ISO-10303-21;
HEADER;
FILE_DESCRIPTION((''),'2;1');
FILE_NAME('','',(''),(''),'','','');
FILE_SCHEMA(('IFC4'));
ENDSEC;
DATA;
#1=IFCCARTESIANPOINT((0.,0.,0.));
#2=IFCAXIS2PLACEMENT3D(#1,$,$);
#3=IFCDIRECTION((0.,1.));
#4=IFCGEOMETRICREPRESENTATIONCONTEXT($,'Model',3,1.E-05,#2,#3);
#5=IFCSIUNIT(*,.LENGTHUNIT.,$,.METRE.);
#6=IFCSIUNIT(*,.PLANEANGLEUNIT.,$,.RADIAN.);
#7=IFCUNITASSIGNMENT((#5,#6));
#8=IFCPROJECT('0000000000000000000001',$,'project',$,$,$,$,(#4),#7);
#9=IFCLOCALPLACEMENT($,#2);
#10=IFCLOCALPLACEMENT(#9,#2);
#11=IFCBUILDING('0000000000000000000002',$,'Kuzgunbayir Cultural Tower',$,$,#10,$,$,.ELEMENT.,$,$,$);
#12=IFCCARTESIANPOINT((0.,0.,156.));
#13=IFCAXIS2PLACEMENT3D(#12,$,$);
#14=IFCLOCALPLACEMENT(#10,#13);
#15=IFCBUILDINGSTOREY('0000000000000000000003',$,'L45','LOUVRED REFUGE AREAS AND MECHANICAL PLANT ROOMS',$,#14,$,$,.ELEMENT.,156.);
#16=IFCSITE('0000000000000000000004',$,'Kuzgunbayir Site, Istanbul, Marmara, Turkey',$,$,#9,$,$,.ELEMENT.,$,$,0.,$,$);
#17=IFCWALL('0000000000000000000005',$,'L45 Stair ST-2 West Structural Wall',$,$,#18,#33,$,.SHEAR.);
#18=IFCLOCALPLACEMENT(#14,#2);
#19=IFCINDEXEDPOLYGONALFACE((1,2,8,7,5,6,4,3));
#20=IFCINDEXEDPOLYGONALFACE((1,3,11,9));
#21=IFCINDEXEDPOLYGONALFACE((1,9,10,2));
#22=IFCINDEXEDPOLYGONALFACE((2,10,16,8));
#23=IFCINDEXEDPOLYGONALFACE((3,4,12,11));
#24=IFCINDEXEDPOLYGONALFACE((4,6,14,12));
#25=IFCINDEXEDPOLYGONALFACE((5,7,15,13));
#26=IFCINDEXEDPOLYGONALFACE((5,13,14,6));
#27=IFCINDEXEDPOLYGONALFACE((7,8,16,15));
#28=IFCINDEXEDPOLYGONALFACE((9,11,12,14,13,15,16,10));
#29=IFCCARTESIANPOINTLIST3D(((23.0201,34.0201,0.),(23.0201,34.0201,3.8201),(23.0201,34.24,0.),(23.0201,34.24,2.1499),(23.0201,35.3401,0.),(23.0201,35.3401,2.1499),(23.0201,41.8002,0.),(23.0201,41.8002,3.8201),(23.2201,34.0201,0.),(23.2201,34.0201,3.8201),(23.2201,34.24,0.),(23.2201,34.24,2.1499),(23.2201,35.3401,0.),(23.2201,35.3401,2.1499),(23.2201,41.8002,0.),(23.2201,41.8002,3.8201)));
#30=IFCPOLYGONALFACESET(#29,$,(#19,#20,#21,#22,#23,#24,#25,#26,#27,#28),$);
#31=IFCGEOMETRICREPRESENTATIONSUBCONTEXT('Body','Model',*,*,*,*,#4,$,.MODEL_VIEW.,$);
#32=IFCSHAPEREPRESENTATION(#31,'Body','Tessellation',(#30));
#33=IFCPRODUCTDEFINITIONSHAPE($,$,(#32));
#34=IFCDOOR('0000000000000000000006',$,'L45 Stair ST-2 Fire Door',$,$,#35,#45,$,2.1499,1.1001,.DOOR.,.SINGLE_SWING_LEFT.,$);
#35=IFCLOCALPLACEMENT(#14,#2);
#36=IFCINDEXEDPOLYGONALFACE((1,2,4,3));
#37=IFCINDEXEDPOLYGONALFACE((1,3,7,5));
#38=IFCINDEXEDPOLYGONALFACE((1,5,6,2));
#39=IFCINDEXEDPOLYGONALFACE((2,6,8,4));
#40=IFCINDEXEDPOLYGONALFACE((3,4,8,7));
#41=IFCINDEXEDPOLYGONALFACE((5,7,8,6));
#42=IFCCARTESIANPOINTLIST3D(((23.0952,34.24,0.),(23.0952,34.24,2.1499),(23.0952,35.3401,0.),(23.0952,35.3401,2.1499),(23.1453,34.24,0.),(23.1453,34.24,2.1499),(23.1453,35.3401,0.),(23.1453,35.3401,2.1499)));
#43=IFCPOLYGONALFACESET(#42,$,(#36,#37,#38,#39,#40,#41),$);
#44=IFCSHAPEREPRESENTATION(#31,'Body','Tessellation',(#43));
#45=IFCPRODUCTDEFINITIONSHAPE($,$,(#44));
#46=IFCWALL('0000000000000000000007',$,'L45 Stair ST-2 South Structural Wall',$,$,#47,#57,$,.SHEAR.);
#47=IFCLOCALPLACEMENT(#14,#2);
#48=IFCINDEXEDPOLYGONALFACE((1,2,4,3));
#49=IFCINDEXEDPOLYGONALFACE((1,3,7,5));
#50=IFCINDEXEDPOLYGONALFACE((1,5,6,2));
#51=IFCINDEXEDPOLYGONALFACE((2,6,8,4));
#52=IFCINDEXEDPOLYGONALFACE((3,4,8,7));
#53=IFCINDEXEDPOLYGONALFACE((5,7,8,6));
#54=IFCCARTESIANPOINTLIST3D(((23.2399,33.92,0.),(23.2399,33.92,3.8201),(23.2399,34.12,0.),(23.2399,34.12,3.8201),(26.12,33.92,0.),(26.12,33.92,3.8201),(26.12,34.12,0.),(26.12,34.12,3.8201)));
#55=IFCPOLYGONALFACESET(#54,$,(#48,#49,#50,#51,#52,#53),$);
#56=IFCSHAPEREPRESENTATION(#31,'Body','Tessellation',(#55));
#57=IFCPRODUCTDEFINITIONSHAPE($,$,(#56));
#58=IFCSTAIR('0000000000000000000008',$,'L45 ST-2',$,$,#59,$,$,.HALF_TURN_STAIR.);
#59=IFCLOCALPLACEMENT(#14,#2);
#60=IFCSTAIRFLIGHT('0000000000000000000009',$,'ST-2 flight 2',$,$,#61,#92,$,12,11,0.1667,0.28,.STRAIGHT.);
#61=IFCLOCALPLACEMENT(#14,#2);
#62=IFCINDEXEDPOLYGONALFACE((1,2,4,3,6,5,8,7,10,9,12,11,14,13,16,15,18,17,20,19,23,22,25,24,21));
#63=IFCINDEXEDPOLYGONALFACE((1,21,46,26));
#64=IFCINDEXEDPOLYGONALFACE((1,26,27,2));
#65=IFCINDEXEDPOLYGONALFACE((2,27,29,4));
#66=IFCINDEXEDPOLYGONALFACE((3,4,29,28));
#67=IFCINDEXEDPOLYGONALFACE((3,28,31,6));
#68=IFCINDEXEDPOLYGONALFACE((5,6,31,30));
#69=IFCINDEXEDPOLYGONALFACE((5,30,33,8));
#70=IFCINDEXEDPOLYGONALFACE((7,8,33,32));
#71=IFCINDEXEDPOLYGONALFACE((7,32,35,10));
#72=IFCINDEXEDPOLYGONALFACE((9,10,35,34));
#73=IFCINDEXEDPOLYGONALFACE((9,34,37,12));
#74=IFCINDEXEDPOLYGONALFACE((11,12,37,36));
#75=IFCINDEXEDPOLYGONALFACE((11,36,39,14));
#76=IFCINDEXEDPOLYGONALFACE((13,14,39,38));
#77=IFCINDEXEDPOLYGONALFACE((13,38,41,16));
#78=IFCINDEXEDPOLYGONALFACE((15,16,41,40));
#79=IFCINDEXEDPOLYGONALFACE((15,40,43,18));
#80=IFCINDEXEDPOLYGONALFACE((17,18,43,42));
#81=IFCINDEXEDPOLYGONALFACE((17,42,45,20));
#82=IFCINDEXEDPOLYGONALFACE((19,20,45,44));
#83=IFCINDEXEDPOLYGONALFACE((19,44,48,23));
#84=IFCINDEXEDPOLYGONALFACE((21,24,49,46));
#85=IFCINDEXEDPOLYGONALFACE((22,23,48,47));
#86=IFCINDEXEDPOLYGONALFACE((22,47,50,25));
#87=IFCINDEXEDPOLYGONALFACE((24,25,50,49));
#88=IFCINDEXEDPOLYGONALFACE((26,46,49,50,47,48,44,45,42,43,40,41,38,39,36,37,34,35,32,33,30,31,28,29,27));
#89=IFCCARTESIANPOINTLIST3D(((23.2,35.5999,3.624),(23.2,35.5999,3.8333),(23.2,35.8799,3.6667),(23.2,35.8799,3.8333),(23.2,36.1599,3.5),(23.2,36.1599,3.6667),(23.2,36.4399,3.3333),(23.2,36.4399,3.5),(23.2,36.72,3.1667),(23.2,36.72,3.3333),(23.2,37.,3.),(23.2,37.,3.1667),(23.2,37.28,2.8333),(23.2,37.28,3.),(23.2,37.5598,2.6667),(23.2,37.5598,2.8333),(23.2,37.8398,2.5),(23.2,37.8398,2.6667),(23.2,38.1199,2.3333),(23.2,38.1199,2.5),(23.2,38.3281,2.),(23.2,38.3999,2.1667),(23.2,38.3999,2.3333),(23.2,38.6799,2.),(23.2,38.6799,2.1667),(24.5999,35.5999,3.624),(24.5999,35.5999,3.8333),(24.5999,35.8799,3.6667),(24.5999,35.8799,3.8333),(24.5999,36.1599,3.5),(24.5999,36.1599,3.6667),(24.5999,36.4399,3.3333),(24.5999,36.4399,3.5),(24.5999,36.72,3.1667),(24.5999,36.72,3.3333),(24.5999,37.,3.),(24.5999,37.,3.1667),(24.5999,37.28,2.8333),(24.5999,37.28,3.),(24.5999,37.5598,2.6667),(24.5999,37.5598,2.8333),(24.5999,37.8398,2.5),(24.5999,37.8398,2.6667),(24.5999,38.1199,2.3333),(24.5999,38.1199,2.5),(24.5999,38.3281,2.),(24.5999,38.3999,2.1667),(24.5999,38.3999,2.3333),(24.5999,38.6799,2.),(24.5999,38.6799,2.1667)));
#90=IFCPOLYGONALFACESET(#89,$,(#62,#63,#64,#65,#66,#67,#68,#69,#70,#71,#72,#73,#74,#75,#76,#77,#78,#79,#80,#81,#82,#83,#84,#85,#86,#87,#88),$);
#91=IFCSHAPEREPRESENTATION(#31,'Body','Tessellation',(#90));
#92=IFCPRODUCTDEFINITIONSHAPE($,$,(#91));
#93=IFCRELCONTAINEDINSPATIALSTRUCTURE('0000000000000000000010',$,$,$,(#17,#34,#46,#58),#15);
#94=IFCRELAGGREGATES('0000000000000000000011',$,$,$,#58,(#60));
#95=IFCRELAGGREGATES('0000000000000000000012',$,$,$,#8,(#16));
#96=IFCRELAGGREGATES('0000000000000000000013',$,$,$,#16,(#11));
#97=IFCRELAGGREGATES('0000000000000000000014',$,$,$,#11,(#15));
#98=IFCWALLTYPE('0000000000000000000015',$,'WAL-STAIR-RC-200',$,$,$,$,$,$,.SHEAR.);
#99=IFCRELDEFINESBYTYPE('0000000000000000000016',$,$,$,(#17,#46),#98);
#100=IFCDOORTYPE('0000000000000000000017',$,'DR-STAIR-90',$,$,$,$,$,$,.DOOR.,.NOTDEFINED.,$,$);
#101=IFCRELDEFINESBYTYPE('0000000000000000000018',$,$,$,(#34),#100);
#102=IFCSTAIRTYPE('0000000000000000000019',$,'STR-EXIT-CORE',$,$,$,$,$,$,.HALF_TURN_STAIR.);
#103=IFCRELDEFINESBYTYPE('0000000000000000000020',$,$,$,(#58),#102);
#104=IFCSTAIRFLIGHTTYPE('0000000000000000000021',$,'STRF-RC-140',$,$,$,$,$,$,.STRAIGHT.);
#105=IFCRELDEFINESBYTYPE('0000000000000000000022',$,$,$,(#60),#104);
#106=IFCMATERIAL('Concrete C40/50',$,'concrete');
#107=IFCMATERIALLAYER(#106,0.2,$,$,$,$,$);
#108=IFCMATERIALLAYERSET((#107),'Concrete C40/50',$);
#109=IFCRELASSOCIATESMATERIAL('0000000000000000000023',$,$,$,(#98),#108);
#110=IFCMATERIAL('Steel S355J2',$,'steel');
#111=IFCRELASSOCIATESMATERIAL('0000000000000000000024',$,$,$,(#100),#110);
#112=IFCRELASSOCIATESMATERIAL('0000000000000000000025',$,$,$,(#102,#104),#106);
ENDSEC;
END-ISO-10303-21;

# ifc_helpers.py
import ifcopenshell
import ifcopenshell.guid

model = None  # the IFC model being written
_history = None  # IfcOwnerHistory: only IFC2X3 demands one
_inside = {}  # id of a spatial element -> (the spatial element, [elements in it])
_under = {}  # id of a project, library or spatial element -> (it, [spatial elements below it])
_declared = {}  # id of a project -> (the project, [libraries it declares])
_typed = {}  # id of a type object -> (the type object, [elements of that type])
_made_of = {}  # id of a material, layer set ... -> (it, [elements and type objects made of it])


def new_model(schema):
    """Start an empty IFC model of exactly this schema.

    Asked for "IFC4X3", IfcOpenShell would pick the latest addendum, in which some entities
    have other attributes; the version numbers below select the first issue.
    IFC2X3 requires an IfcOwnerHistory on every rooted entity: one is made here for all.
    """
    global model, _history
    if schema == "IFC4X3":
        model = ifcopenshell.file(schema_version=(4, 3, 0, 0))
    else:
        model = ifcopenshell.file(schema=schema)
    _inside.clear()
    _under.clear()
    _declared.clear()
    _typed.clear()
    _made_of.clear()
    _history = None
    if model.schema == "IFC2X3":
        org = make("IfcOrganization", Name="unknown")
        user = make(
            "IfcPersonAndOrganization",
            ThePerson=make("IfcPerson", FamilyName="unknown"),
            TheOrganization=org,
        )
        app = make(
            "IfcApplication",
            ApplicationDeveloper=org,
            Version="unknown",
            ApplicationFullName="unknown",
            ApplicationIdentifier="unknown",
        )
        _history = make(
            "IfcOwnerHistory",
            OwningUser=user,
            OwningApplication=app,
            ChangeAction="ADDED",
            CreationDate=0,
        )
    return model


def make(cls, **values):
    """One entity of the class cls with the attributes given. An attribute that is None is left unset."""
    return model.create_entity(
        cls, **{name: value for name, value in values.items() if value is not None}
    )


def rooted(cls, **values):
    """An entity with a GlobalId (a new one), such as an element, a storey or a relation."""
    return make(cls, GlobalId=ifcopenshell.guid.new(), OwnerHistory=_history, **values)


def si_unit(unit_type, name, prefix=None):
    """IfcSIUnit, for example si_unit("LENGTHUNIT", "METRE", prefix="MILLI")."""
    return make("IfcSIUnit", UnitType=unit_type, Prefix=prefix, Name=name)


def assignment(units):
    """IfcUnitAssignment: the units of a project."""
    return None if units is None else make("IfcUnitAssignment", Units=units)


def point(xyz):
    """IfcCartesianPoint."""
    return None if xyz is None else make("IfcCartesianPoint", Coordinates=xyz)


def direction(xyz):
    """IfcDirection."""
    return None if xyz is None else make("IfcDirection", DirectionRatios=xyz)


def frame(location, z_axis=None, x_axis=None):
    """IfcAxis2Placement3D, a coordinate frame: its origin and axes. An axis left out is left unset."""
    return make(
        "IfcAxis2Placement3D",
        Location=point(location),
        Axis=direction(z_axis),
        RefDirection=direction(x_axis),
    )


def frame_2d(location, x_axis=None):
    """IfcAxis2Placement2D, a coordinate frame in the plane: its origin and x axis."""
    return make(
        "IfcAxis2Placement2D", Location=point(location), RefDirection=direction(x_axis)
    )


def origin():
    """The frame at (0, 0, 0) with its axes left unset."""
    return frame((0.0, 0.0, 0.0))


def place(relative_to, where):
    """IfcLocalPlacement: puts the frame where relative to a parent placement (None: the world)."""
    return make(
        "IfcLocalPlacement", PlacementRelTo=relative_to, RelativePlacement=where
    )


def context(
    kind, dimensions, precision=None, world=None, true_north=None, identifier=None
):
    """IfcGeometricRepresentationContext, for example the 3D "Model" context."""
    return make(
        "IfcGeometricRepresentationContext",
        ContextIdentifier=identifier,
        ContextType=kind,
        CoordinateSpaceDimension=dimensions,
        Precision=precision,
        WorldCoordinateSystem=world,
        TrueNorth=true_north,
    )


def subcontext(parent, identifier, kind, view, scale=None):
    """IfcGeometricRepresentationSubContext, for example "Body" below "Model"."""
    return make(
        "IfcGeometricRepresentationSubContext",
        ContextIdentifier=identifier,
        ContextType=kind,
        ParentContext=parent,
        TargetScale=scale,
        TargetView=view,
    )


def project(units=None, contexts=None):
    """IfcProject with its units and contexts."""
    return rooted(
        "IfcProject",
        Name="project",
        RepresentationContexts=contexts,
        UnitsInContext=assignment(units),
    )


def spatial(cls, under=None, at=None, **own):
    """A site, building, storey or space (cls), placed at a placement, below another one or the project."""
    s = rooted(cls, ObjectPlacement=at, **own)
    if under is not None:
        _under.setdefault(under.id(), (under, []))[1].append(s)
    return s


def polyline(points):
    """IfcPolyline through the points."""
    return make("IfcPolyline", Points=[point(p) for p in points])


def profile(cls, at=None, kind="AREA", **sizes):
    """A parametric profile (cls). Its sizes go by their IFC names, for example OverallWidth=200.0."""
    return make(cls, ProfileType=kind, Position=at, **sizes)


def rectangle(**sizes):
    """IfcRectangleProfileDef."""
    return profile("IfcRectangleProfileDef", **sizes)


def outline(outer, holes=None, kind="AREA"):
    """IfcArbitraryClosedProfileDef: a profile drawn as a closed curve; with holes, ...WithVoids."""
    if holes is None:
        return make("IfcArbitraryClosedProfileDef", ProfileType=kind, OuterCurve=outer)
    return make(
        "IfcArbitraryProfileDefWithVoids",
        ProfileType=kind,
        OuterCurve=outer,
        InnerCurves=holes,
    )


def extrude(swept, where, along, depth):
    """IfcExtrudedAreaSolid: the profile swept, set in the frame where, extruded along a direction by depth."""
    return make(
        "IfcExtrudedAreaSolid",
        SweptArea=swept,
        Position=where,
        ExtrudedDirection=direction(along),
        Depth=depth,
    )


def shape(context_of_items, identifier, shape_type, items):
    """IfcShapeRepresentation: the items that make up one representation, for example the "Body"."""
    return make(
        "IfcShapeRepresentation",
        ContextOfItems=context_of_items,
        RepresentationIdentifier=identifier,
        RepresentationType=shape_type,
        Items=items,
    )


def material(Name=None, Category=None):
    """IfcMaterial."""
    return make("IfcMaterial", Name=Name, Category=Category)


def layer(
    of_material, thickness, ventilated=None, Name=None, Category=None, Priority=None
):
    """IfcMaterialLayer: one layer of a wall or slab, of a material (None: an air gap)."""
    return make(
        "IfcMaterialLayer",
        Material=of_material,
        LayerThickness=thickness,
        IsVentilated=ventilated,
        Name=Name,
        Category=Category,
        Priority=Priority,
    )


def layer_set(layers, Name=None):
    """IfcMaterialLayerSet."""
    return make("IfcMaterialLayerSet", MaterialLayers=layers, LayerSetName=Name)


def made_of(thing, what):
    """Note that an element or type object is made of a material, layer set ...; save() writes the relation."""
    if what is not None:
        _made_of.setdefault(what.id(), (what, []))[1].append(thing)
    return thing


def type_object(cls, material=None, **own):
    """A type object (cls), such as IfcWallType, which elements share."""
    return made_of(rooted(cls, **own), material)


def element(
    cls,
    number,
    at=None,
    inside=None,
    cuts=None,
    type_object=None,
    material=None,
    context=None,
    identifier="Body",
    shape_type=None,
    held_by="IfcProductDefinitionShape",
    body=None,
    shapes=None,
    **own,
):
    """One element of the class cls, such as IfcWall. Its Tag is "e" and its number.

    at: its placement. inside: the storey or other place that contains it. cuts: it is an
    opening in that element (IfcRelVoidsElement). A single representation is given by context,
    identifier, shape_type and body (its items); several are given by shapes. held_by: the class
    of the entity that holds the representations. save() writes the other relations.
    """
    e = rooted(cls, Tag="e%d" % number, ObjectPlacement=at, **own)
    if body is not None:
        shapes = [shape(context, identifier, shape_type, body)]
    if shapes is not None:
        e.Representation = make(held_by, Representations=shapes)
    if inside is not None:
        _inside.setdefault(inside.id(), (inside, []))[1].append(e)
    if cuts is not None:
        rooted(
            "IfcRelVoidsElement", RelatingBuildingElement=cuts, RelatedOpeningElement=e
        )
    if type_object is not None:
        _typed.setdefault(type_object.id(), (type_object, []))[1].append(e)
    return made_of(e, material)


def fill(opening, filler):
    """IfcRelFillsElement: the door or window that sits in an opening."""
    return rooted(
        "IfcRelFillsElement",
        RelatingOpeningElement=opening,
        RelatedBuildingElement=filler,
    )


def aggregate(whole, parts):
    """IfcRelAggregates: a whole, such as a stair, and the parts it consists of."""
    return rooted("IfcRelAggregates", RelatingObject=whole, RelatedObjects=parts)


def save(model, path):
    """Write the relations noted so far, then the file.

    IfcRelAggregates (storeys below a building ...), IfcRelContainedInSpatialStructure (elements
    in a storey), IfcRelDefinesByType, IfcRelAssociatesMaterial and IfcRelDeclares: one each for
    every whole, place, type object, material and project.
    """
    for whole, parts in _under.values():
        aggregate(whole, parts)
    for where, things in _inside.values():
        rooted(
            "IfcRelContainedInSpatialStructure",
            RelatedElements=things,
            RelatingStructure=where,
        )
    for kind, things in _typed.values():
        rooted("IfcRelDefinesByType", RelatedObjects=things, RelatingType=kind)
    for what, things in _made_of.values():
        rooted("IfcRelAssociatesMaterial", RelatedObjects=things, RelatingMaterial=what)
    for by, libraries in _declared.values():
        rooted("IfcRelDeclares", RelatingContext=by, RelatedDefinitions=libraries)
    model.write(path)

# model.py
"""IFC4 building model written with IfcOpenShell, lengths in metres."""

from ifc_helpers import new_model, si_unit, direction, frame, frame_2d, origin, place, context, subcontext, project, spatial, polyline, rectangle, outline, extrude, material, layer, layer_set, type_object, element, fill, aggregate, save


model = new_model("IFC4")

# Units and contexts
model_context = context("Model", 3, precision=1e-05, world=origin(), true_north=direction((0.0, 1.0)))
body_context = subcontext(model_context, "Body", "Model", "MODEL_VIEW")
ifc_project = project(units=[si_unit("LENGTHUNIT", "METRE"), si_unit("PLANEANGLEUNIT", "RADIAN")], contexts=[model_context])

# Site, building, storey
site_placement = place(None, origin())
site = spatial("IfcSite", under=ifc_project, at=site_placement, Name="Kuzgunbayir Site, Istanbul, Marmara, Turkey", CompositionType="ELEMENT", RefElevation=0.0)
building_placement = place(site_placement, origin())
building = spatial("IfcBuilding", under=site, at=building_placement, Name="Kuzgunbayir Cultural Tower", CompositionType="ELEMENT")
storey_placement = place(building_placement, frame((0.0, 0.0, 156.0)))
storey = spatial("IfcBuildingStorey", under=building, at=storey_placement, Name="L45", Description="LOUVRED REFUGE AREAS AND MECHANICAL PLANT ROOMS", CompositionType="ELEMENT", Elevation=156.0)

# Shared definitions
ifc_material_1 = material(Name="Steel S355J2", Category="steel")

# Shared definitions
ifc_material_2 = material(Name="Concrete C40/50", Category="concrete")

# Wall, opening, door
ifc_layer_1 = layer(ifc_material_2, 0.2)
ifc_layer_set_1 = layer_set([ifc_layer_1], Name="Concrete C40/50")
wall_type_1 = type_object("IfcWallType", Name="WAL-STAIR-RC-200", PredefinedType="SHEAR", material=ifc_layer_set_1)
wall_1_placement = place(storey_placement, frame((23.1201, 34.02, 0.0), z_axis=(0.0, 0.0, 1.0), x_axis=(0.0, 1.0, 0.0)))
wall_1 = element("IfcWall", 1, at=wall_1_placement, inside=storey, type_object=wall_type_1, Name="L45 Stair ST-2 West Structural Wall", PredefinedType="SHEAR", context=body_context, shape_type="SweptSolid", body=[
    extrude(rectangle(XDim=7.78, YDim=0.2, at=frame_2d((3.8901, 0.0))), origin(), (0.0, 0.0, 1.0), 3.8201),
])
opening_1_placement = place(wall_1_placement, frame((0.22, 0.0, 0.0)))
opening_1 = element("IfcOpeningElement", 2, at=opening_1_placement, cuts=wall_1, PredefinedType="OPENING", context=body_context, shape_type="SweptSolid", body=[
    extrude(rectangle(XDim=1.1001, YDim=2.1499, at=frame_2d((0.55, 1.075))), frame((0.0, 0.1099, 0.0), z_axis=(0.0, -1.0, 0.0), x_axis=(1.0, 0.0, 0.0)), (0.0, 0.0, 1.0), 0.22),
])
door_type_1 = type_object("IfcDoorType", Name="DR-STAIR-90", OperationType="NOTDEFINED", PredefinedType="DOOR", material=ifc_material_1)
door_1_placement = place(opening_1_placement, origin())
door_1 = element("IfcDoor", 3, at=door_1_placement, inside=storey, type_object=door_type_1, Name="L45 Stair ST-2 Fire Door", OperationType="SINGLE_SWING_LEFT", OverallHeight=2.1499, OverallWidth=1.1001, PredefinedType="DOOR", context=body_context, shape_type="SweptSolid", body=[
    extrude(rectangle(XDim=1.1001, YDim=2.1499, at=frame_2d((0.55, 1.075))), frame((0.0, 0.0249, 0.0), z_axis=(0.0, -1.0, 0.0), x_axis=(1.0, 0.0, 0.0)), (0.0, 0.0, 1.0), 0.05),
])
fill(opening_1, door_1)

# Wall
wall_2_placement = place(storey_placement, frame((23.24, 34.02, 0.0), z_axis=(0.0, 0.0, 1.0), x_axis=(1.0, 0.0, 0.0)))
element("IfcWall", 4, at=wall_2_placement, inside=storey, type_object=wall_type_1, Name="L45 Stair ST-2 South Structural Wall", PredefinedType="SHEAR", context=body_context, shape_type="SweptSolid", body=[
    extrude(rectangle(XDim=2.8801, YDim=0.2, at=frame_2d((1.4399, 0.0))), origin(), (0.0, 0.0, 1.0), 3.8201),
])

# Stair, stair flight
stair_type = type_object("IfcStairType", Name="STR-EXIT-CORE", PredefinedType="HALF_TURN_STAIR", material=ifc_material_2)
stair_placement = place(storey_placement, origin())
stair = element("IfcStair", 5, at=stair_placement, inside=storey, type_object=stair_type, Name="L45 ST-2", PredefinedType="HALF_TURN_STAIR")
stair_flight_type = type_object("IfcStairFlightType", Name="STRF-RC-140", PredefinedType="STRAIGHT", material=ifc_material_2)
stair_flight_placement = place(storey_placement, frame((23.8999, 38.6799, 2.0), z_axis=(0.0, 0.0, 1.0), x_axis=(0.0, -1.0, 0.0)))
stair_flight = element("IfcStairFlight", 6, at=stair_flight_placement, type_object=stair_flight_type, Name="ST-2 flight 2", NumberOfRisers=12, NumberOfTreads=11, PredefinedType="STRAIGHT", RiserHeight=0.1667, TreadLength=0.28, context=body_context, shape_type="SweptSolid", body=[
    extrude(outline(polyline([(0.0, 0.0), (0.0, 0.1667), (0.28, 0.1667), (0.28, 0.3333), (0.5601, 0.3333), (0.5601, 0.5), (0.8401, 0.5), (0.8401, 0.6667), (1.1201, 0.6667), (1.1201, 0.8333), (1.3999, 0.8333), (1.3999, 1.0), (1.6799, 1.0), (1.6799, 1.1667), (1.96, 1.1667), (1.96, 1.3333), (2.24, 1.3333), (2.24, 1.5), (2.52, 1.5), (2.52, 1.6667), (2.8, 1.6667), (2.8, 1.8333), (3.0801, 1.8333), (3.0801, 2.0), (3.0801, 1.624), (0.3518, 0.0), (0.0, 0.0)])), frame((0.0, 0.7, 0.0), z_axis=(0.0, -1.0, 0.0), x_axis=(1.0, 0.0, 0.0)), (0.0, 0.0, 1.0), 1.3999),
])
aggregate(stair, [stair_flight])

save(model, "model.ifc")
